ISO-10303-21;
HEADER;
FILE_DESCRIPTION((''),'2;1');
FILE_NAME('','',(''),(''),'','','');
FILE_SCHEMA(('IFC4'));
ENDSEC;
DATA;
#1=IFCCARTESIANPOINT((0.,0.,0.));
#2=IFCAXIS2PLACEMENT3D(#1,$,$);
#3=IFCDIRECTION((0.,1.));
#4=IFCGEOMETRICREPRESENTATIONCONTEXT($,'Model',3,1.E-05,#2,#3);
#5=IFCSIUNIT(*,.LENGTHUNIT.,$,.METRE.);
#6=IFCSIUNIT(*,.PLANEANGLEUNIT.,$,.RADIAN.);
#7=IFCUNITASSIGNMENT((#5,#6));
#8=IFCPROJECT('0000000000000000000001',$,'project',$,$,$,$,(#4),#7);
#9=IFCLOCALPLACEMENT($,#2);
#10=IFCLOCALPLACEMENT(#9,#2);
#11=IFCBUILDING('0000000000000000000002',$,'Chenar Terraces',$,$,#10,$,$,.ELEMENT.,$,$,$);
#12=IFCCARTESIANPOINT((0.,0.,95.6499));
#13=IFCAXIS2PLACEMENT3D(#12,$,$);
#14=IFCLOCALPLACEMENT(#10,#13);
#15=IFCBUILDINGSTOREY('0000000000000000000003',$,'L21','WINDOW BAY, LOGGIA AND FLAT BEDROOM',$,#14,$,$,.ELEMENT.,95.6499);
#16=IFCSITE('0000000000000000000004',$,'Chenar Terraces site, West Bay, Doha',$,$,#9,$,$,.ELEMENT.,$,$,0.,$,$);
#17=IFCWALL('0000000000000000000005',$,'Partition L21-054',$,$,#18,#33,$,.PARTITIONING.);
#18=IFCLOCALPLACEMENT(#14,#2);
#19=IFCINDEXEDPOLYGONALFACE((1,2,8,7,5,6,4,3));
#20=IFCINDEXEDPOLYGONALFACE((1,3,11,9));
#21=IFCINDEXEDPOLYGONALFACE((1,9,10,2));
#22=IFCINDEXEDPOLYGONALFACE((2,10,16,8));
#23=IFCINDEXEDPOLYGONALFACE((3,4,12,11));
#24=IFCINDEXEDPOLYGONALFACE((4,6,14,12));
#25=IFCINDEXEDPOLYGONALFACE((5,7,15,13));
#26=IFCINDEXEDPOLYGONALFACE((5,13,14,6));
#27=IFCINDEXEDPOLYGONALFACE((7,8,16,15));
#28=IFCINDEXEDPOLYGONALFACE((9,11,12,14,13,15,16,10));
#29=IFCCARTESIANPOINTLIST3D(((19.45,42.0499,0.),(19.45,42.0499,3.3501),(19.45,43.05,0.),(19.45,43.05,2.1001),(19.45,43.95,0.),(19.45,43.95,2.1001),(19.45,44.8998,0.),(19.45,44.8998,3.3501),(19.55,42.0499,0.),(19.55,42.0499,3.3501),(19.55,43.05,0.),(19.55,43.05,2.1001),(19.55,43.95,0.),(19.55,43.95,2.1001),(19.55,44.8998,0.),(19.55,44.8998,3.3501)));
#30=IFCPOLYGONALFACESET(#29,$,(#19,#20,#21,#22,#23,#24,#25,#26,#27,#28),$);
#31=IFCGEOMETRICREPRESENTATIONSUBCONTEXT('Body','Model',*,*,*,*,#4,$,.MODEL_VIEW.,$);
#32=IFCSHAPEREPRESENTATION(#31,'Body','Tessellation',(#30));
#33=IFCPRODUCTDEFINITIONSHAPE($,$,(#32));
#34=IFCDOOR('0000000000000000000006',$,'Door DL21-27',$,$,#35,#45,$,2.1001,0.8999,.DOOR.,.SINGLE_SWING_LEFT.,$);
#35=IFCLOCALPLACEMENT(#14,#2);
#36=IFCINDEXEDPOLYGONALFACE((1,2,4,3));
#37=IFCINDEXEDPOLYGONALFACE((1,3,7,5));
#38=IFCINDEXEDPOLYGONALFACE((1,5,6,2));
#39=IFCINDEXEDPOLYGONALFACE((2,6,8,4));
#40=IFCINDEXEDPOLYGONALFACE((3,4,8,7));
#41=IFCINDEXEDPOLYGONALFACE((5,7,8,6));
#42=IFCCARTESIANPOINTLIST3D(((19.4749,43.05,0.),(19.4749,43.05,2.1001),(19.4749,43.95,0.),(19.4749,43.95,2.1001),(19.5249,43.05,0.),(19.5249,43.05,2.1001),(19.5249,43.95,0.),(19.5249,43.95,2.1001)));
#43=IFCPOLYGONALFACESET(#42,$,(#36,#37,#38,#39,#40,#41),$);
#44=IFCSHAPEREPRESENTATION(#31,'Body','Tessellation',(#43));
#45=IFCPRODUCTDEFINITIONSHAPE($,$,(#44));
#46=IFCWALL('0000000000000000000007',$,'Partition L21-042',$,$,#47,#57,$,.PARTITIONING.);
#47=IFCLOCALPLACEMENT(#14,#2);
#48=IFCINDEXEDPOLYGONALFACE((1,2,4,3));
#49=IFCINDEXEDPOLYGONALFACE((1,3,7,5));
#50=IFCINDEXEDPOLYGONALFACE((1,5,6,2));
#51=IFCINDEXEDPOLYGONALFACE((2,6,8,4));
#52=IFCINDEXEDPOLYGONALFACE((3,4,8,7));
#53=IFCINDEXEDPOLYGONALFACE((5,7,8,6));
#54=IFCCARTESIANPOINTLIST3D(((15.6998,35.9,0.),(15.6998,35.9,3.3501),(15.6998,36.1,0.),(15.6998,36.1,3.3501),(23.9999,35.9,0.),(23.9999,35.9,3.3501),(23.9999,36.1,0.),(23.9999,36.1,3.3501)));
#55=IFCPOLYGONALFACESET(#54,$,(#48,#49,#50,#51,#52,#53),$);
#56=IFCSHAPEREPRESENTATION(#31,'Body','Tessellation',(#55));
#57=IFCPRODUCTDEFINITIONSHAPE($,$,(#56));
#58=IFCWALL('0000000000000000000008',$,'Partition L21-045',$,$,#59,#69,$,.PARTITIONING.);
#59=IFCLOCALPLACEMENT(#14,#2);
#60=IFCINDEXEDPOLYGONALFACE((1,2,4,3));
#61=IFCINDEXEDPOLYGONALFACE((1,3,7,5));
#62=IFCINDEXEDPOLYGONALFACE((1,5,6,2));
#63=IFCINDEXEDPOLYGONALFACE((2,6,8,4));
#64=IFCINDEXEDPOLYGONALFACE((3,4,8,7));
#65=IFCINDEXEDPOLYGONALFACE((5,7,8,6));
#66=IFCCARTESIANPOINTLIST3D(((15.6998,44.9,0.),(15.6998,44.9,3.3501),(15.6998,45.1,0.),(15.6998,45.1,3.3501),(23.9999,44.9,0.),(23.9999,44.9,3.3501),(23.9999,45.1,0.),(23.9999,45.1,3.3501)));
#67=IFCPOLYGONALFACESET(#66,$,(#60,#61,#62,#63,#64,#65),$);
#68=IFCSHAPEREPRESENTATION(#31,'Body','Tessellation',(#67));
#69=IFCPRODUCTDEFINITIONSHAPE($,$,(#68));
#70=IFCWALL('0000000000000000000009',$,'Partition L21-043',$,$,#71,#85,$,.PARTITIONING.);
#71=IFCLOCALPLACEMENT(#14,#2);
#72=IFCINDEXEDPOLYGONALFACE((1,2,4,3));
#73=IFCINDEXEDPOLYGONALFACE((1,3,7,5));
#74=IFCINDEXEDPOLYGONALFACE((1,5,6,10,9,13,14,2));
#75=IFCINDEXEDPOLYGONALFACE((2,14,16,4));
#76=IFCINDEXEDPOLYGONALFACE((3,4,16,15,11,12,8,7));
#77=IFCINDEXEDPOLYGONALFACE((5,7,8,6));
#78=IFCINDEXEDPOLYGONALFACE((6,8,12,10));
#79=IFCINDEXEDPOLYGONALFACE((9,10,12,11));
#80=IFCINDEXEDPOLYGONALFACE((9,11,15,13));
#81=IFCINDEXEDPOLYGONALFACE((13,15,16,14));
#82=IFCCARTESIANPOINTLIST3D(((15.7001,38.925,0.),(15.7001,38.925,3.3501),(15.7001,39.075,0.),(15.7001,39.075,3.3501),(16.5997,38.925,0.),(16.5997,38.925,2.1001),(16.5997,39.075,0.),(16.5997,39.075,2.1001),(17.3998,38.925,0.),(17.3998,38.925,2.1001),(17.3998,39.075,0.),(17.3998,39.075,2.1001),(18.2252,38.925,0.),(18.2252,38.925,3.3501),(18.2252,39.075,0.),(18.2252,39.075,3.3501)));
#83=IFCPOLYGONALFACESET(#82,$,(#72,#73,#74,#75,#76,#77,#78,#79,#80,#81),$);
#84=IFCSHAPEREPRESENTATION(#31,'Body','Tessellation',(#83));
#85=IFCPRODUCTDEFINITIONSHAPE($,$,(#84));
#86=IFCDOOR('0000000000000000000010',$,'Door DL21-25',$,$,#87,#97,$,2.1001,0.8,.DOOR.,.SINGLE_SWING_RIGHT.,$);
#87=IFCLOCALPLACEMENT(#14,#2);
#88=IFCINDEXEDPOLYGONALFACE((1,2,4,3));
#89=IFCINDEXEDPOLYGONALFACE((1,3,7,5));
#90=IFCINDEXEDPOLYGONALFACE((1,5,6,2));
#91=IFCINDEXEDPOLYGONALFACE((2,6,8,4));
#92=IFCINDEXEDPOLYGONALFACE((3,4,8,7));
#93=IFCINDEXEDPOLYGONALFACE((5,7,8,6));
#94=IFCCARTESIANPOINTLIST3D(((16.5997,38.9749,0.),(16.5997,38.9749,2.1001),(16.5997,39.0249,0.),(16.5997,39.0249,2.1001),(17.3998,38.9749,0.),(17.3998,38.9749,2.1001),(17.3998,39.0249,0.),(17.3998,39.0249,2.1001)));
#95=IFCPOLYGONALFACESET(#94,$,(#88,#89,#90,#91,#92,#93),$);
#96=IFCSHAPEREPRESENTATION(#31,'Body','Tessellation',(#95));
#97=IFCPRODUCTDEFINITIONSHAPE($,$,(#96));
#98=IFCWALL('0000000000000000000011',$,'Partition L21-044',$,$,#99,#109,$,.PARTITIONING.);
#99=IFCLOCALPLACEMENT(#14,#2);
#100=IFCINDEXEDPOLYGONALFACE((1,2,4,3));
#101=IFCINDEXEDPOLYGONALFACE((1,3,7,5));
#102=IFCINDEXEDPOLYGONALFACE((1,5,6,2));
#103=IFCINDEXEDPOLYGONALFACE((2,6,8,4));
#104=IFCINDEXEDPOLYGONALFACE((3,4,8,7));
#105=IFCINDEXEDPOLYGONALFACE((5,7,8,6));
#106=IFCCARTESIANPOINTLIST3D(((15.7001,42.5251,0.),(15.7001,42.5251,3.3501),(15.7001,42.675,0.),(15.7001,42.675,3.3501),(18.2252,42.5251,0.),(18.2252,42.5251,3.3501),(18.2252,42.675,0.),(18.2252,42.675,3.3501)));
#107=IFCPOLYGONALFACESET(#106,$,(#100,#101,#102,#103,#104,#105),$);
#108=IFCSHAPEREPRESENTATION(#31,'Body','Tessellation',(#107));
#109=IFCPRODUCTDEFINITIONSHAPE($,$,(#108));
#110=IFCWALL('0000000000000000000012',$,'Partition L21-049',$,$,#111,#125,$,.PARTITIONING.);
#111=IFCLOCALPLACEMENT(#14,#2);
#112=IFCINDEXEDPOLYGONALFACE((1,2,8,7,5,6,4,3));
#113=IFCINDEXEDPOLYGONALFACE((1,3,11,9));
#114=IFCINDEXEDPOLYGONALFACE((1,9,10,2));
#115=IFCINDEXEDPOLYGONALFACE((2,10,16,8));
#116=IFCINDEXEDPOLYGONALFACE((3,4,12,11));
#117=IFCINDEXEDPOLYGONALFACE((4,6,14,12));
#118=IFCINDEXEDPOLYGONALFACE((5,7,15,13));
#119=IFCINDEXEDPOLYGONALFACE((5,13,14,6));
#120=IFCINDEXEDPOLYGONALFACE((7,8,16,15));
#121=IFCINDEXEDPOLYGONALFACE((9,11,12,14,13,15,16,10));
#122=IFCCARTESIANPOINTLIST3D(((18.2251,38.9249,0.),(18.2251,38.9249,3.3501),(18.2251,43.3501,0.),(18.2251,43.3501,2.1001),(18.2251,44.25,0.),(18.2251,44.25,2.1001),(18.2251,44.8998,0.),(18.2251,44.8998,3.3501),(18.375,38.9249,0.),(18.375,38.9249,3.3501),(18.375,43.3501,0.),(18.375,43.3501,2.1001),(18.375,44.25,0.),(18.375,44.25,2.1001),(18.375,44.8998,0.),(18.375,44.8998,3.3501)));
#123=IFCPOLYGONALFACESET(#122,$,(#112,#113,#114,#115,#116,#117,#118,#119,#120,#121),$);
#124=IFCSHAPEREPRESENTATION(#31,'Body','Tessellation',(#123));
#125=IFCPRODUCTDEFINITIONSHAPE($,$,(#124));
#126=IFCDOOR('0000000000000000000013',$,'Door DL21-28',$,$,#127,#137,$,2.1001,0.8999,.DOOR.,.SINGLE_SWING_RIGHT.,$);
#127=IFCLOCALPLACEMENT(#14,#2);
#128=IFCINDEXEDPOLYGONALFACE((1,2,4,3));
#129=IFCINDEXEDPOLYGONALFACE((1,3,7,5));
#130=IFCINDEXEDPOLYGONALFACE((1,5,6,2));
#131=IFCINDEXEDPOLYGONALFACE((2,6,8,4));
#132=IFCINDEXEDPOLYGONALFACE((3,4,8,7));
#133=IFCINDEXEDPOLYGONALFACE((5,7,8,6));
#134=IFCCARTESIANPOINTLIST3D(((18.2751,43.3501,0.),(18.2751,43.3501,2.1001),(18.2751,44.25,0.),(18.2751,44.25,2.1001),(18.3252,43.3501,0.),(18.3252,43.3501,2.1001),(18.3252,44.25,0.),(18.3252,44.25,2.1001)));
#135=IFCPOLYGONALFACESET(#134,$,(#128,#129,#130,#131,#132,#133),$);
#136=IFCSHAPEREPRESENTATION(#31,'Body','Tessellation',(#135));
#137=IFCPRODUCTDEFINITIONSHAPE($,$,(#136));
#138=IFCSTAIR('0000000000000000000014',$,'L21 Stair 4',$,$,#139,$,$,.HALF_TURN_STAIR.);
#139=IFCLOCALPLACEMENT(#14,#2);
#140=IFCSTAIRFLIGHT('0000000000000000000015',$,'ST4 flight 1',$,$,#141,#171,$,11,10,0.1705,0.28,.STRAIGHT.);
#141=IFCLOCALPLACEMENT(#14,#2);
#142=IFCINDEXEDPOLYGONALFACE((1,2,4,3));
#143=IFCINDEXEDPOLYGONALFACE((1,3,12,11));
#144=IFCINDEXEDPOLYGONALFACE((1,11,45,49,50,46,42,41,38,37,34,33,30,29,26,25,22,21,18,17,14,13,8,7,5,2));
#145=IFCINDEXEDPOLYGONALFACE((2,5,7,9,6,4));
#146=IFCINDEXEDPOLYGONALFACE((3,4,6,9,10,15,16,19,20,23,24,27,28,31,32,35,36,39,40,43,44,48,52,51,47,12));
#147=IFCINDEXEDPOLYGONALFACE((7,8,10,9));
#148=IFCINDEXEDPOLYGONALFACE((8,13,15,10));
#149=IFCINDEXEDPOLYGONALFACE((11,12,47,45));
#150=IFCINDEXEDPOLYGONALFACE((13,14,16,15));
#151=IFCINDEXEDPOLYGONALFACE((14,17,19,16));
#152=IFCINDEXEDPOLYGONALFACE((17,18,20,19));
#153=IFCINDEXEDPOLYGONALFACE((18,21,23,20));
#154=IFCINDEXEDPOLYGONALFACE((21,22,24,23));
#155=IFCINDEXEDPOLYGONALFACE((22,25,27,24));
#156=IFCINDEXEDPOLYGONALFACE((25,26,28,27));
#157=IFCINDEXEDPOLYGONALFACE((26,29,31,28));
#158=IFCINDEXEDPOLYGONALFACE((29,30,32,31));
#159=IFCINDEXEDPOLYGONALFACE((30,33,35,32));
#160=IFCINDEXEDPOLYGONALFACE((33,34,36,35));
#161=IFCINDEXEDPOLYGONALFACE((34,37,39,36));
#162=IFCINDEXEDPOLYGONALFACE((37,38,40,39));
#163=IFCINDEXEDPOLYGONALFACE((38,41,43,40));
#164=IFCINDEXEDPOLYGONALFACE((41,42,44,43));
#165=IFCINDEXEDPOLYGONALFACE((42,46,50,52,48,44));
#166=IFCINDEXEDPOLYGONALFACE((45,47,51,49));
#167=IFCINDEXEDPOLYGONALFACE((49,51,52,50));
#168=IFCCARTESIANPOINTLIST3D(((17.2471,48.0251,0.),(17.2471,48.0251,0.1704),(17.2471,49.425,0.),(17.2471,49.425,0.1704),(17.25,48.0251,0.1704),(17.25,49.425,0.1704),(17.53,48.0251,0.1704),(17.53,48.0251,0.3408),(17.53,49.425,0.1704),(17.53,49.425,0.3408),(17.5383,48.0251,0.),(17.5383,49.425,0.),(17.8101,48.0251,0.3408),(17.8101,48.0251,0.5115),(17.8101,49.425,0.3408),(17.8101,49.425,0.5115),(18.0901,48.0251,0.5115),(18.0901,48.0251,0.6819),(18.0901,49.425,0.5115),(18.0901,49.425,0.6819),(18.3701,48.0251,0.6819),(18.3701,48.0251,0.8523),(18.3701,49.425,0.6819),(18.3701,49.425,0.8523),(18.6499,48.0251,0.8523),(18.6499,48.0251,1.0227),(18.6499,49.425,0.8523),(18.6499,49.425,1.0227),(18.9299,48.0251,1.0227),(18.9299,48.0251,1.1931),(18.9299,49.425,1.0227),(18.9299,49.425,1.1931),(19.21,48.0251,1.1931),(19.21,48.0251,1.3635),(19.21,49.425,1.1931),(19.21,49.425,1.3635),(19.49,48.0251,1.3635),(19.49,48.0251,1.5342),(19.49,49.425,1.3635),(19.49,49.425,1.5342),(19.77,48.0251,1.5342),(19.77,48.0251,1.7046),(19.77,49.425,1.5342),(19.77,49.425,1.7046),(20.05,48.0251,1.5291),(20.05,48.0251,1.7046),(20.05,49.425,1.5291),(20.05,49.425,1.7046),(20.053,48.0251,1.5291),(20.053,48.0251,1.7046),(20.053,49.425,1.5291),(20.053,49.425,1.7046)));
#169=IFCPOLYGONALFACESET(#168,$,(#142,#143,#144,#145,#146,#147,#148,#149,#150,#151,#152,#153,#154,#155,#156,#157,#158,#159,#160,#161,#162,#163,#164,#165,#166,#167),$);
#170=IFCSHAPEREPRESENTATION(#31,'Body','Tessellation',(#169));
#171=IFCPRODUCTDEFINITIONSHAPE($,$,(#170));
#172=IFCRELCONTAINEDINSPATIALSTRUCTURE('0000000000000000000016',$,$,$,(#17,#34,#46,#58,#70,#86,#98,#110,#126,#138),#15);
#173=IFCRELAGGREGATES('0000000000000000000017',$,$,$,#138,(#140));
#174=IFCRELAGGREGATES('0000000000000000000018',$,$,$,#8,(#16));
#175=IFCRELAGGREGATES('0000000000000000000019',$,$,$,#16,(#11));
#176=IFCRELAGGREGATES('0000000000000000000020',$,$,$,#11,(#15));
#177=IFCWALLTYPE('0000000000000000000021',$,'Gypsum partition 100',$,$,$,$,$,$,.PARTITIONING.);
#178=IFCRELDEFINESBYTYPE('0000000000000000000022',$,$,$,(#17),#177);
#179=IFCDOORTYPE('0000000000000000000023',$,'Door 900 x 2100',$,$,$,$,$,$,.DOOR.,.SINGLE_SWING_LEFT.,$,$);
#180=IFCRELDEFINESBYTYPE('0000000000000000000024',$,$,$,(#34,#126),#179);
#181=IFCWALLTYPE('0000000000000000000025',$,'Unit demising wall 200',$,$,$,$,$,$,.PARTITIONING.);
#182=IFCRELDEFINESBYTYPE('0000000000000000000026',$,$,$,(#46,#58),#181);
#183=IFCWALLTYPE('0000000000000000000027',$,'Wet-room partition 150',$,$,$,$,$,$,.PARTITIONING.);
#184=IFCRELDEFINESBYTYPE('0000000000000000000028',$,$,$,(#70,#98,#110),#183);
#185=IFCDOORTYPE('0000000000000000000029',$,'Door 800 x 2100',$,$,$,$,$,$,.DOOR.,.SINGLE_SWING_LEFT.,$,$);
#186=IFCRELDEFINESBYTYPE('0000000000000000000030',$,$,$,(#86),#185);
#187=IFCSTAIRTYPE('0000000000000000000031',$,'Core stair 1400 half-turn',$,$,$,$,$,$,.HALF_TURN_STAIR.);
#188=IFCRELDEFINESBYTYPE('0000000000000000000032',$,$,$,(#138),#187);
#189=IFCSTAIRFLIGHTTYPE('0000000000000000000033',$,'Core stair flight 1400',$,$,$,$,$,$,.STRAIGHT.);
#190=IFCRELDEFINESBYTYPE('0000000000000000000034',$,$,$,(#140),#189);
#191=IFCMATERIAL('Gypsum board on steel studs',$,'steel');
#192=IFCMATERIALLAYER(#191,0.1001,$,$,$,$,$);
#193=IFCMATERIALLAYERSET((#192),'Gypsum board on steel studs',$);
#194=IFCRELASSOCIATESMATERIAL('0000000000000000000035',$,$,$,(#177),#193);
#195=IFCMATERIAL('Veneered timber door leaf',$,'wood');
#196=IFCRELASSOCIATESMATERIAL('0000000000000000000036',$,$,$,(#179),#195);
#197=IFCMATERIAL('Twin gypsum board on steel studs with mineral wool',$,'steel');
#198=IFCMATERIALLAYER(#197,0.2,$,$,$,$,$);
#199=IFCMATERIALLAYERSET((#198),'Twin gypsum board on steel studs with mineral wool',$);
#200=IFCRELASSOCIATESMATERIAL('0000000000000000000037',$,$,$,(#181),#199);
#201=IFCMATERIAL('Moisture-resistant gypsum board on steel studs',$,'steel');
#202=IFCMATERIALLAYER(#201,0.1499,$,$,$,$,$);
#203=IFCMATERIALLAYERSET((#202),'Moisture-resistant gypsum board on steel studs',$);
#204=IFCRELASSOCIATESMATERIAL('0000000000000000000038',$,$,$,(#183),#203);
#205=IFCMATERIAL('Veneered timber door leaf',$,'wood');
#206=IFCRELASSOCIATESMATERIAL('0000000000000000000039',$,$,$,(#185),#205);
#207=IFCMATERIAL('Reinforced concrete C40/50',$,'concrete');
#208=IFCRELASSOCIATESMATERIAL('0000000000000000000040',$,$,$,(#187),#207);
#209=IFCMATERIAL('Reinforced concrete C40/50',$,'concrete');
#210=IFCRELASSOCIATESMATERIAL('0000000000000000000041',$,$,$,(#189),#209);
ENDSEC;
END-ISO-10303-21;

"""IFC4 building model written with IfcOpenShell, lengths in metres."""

from ifc_helpers import new_model, si_unit, direction, frame, frame_2d, origin, place, context, subcontext, project, spatial, polyline, rectangle, outline, extrude, material, layer, layer_set, type_object, element, fill, aggregate, save


model = new_model("IFC4")

# Units and contexts
model_context = context("Model", 3, precision=1e-05, world=origin(), true_north=direction((0.0, 1.0)))
body_context = subcontext(model_context, "Body", "Model", "MODEL_VIEW")
ifc_project = project(units=[si_unit("LENGTHUNIT", "METRE"), si_unit("PLANEANGLEUNIT", "RADIAN")], contexts=[model_context])

# Site, building, storey
site_placement = place(None, origin())
site = spatial("IfcSite", under=ifc_project, at=site_placement, Name="Chenar Terraces site, West Bay, Doha", CompositionType="ELEMENT", RefElevation=0.0)
building_placement = place(site_placement, origin())
building = spatial("IfcBuilding", under=site, at=building_placement, Name="Chenar Terraces", CompositionType="ELEMENT")
storey_placement = place(building_placement, frame((0.0, 0.0, 95.6499)))
storey = spatial("IfcBuildingStorey", under=building, at=storey_placement, Name="L21", Description="WINDOW BAY, LOGGIA AND FLAT BEDROOM", CompositionType="ELEMENT", Elevation=95.6499)

# Shared definitions
ifc_material_1 = material(Name="Gypsum board on steel studs", Category="steel")
ifc_layer_1 = layer(ifc_material_1, 0.1001)
ifc_layer_set_1 = layer_set([ifc_layer_1], Name="Gypsum board on steel studs")
wall_type_1 = type_object("IfcWallType", Name="Gypsum partition 100", PredefinedType="PARTITIONING", material=ifc_layer_set_1)

# Wall, opening, door
ifc_material_2 = material(Name="Veneered timber door leaf", Category="wood")
door_type_1 = type_object("IfcDoorType", Name="Door 900 x 2100", OperationType="SINGLE_SWING_LEFT", PredefinedType="DOOR", material=ifc_material_2)
wall_1_placement = place(storey_placement, frame((19.5, 42.05, 0.0), z_axis=(0.0, 0.0, 1.0), x_axis=(0.0, 1.0, 0.0)))
wall_1 = element("IfcWall", 1, at=wall_1_placement, inside=storey, type_object=wall_type_1, Name="Partition L21-054", PredefinedType="PARTITIONING", context=body_context, shape_type="SweptSolid", body=[
    extrude(rectangle(XDim=2.8499, YDim=0.1001, at=frame_2d((1.4248, 0.0))), origin(), (0.0, 0.0, 1.0), 3.3501),
])
opening_1_placement = place(wall_1_placement, frame((1.0, 0.0, 0.0)))
opening_1 = element("IfcOpeningElement", 2, at=opening_1_placement, cuts=wall_1, PredefinedType="OPENING", context=body_context, shape_type="SweptSolid", body=[
    extrude(rectangle(XDim=0.8999, YDim=2.1001, at=frame_2d((0.45, 1.05))), frame((0.0, 0.0601, 0.0), z_axis=(0.0, -1.0, 0.0), x_axis=(1.0, 0.0, 0.0)), (0.0, 0.0, 1.0), 0.1201),
])
door_1_placement = place(opening_1_placement, frame((0.8999, 0.0, 0.0), z_axis=(0.0, 0.0, 1.0), x_axis=(-1.0, 0.0, 0.0)))
door_1 = element("IfcDoor", 3, at=door_1_placement, inside=storey, type_object=door_type_1, Name="Door DL21-27", OperationType="SINGLE_SWING_LEFT", OverallHeight=2.1001, OverallWidth=0.8999, PredefinedType="DOOR", context=body_context, shape_type="SweptSolid", body=[
    extrude(rectangle(XDim=0.8999, YDim=2.1001, at=frame_2d((0.45, 1.05))), frame((0.0, 0.0249, 0.0), z_axis=(0.0, -1.0, 0.0), x_axis=(1.0, 0.0, 0.0)), (0.0, 0.0, 1.0), 0.05),
])
fill(opening_1, door_1)

# Walls
ifc_material_3 = material(Name="Twin gypsum board on steel studs with mineral wool", Category="steel")
ifc_layer_2 = layer(ifc_material_3, 0.2)
ifc_layer_set_2 = layer_set([ifc_layer_2], Name="Twin gypsum board on steel studs with mineral wool")
wall_type_2 = type_object("IfcWallType", Name="Unit demising wall 200", PredefinedType="PARTITIONING", material=ifc_layer_set_2)
for number, where, z_axis, x_axis, name in (
    (4, (15.7, 36.0, 0.0), (0.0, 0.0, 1.0), (1.0, 0.0, 0.0), "Partition L21-042"),
    (5, (15.7, 45.0, 0.0), (0.0, 0.0, 1.0), (1.0, 0.0, 0.0), "Partition L21-045"),
):
    element("IfcWall", number, at=place(storey_placement, frame(where, z_axis=z_axis, x_axis=x_axis)), inside=storey, type_object=wall_type_2, Name=name, PredefinedType="PARTITIONING", context=body_context, shape_type="SweptSolid", body=[
        extrude(rectangle(XDim=8.3, YDim=0.2, at=frame_2d((4.1499, 0.0))), origin(), (0.0, 0.0, 1.0), 3.3501),
    ])

# Wall, opening, door
ifc_material_4 = material(Name="Moisture-resistant gypsum board on steel studs", Category="steel")
ifc_layer_3 = layer(ifc_material_4, 0.1499)
ifc_layer_set_3 = layer_set([ifc_layer_3], Name="Moisture-resistant gypsum board on steel studs")
wall_type_3 = type_object("IfcWallType", Name="Wet-room partition 150", PredefinedType="PARTITIONING", material=ifc_layer_set_3)
wall_2_placement = place(storey_placement, frame((15.7, 39.0, 0.0), z_axis=(0.0, 0.0, 1.0), x_axis=(1.0, 0.0, 0.0)))
wall_2 = element("IfcWall", 6, at=wall_2_placement, inside=storey, type_object=wall_type_3, Name="Partition L21-043", PredefinedType="PARTITIONING", context=body_context, shape_type="SweptSolid", body=[
    extrude(rectangle(XDim=2.5251, YDim=0.1499, at=frame_2d((1.2627, 0.0))), origin(), (0.0, 0.0, 1.0), 3.3501),
])
opening_2_placement = place(wall_2_placement, frame((0.8999, 0.0, 0.0)))
opening_2 = element("IfcOpeningElement", 7, at=opening_2_placement, cuts=wall_2, PredefinedType="OPENING", context=body_context, shape_type="SweptSolid", body=[
    extrude(rectangle(XDim=0.8, YDim=2.1001, at=frame_2d((0.3999, 1.05))), frame((0.0, 0.085, 0.0), z_axis=(0.0, -1.0, 0.0), x_axis=(1.0, 0.0, 0.0)), (0.0, 0.0, 1.0), 0.1699),
])
ifc_material_5 = material(Name="Veneered timber door leaf", Category="wood")
door_type_2 = type_object("IfcDoorType", Name="Door 800 x 2100", OperationType="SINGLE_SWING_LEFT", PredefinedType="DOOR", material=ifc_material_5)
door_2_placement = place(opening_2_placement, origin())
door_2 = element("IfcDoor", 8, at=door_2_placement, inside=storey, type_object=door_type_2, Name="Door DL21-25", OperationType="SINGLE_SWING_RIGHT", OverallHeight=2.1001, OverallWidth=0.8, PredefinedType="DOOR", context=body_context, shape_type="SweptSolid", body=[
    extrude(rectangle(XDim=0.8, YDim=2.1001, at=frame_2d((0.3999, 1.05))), frame((0.0, 0.0249, 0.0), z_axis=(0.0, -1.0, 0.0), x_axis=(1.0, 0.0, 0.0)), (0.0, 0.0, 1.0), 0.05),
])
fill(opening_2, door_2)

# Wall
wall_3_placement = place(storey_placement, frame((15.7, 42.6001, 0.0), z_axis=(0.0, 0.0, 1.0), x_axis=(1.0, 0.0, 0.0)))
element("IfcWall", 9, at=wall_3_placement, inside=storey, type_object=wall_type_3, Name="Partition L21-044", PredefinedType="PARTITIONING", context=body_context, shape_type="SweptSolid", body=[
    extrude(rectangle(XDim=2.5251, YDim=0.1499, at=frame_2d((1.2627, 0.0))), origin(), (0.0, 0.0, 1.0), 3.3501),
])

# Wall, opening, door
wall_4_placement = place(storey_placement, frame((18.3, 38.925, 0.0), z_axis=(0.0, 0.0, 1.0), x_axis=(0.0, 1.0, 0.0)))
wall_4 = element("IfcWall", 10, at=wall_4_placement, inside=storey, type_object=wall_type_3, Name="Partition L21-049", PredefinedType="PARTITIONING", context=body_context, shape_type="SweptSolid", body=[
    extrude(rectangle(XDim=5.9749, YDim=0.1499, at=frame_2d((2.9873, 0.0))), origin(), (0.0, 0.0, 1.0), 3.3501),
])
opening_3_placement = place(wall_4_placement, frame((4.425, 0.0, 0.0)))
opening_3 = element("IfcOpeningElement", 11, at=opening_3_placement, cuts=wall_4, PredefinedType="OPENING", context=body_context, shape_type="SweptSolid", body=[
    extrude(rectangle(XDim=0.8999, YDim=2.1001, at=frame_2d((0.45, 1.05))), frame((0.0, 0.085, 0.0), z_axis=(0.0, -1.0, 0.0), x_axis=(1.0, 0.0, 0.0)), (0.0, 0.0, 1.0), 0.1699),
])
door_3_placement = place(opening_3_placement, origin())
door_3 = element("IfcDoor", 12, at=door_3_placement, inside=storey, type_object=door_type_1, Name="Door DL21-28", OperationType="SINGLE_SWING_RIGHT", OverallHeight=2.1001, OverallWidth=0.8999, PredefinedType="DOOR", context=body_context, shape_type="SweptSolid", body=[
    extrude(rectangle(XDim=0.8999, YDim=2.1001, at=frame_2d((0.45, 1.05))), frame((0.0, 0.0249, 0.0), z_axis=(0.0, -1.0, 0.0), x_axis=(1.0, 0.0, 0.0)), (0.0, 0.0, 1.0), 0.05),
])
fill(opening_3, door_3)

# Stair, stair flight
ifc_material_6 = material(Name="Reinforced concrete C40/50", Category="concrete")
stair_type = type_object("IfcStairType", Name="Core stair 1400 half-turn", PredefinedType="HALF_TURN_STAIR", material=ifc_material_6)
stair_placement = place(storey_placement, origin())
stair = element("IfcStair", 13, at=stair_placement, inside=storey, type_object=stair_type, Name="L21 Stair 4", PredefinedType="HALF_TURN_STAIR")
ifc_material_7 = material(Name="Reinforced concrete C40/50", Category="concrete")
stair_flight_type = type_object("IfcStairFlightType", Name="Core stair flight 1400", PredefinedType="STRAIGHT", material=ifc_material_7)
stair_flight_placement = place(storey_placement, frame((17.25, 48.7251, 0.0), z_axis=(0.0, 0.0, 1.0), x_axis=(1.0, 0.0, 0.0)))
stair_flight = element("IfcStairFlight", 14, at=stair_flight_placement, type_object=stair_flight_type, Name="ST4 flight 1", NumberOfRisers=11, NumberOfTreads=10, PredefinedType="STRAIGHT", RiserHeight=0.1705, TreadLength=0.28, context=body_context, shape_type="SweptSolid", body=[
    extrude(outline(polyline([(-0.0029, 0.0), (-0.0029, 0.1704), (0.0, 0.1704), (0.28, 0.1704), (0.28, 0.3408), (0.5601, 0.3408), (0.5601, 0.5115), (0.8401, 0.5115), (0.8401, 0.6819), (1.1201, 0.6819), (1.1201, 0.8523), (1.3999, 0.8523), (1.3999, 1.0227), (1.6799, 1.0227), (1.6799, 1.1931), (1.96, 1.1931), (1.96, 1.3635), (2.24, 1.3635), (2.24, 1.5342), (2.52, 1.5342), (2.52, 1.7046), (2.8, 1.7046), (2.803, 1.7046), (2.803, 1.5291), (2.8, 1.5291), (0.2883, 0.0), (-0.0029, 0.0)])), frame((0.0, 0.7, 0.0), z_axis=(0.0, -1.0, 0.0), x_axis=(1.0, 0.0, 0.0)), (0.0, 0.0, 1.0), 1.3999),
])
aggregate(stair, [stair_flight])

save(model, "model.ifc")
